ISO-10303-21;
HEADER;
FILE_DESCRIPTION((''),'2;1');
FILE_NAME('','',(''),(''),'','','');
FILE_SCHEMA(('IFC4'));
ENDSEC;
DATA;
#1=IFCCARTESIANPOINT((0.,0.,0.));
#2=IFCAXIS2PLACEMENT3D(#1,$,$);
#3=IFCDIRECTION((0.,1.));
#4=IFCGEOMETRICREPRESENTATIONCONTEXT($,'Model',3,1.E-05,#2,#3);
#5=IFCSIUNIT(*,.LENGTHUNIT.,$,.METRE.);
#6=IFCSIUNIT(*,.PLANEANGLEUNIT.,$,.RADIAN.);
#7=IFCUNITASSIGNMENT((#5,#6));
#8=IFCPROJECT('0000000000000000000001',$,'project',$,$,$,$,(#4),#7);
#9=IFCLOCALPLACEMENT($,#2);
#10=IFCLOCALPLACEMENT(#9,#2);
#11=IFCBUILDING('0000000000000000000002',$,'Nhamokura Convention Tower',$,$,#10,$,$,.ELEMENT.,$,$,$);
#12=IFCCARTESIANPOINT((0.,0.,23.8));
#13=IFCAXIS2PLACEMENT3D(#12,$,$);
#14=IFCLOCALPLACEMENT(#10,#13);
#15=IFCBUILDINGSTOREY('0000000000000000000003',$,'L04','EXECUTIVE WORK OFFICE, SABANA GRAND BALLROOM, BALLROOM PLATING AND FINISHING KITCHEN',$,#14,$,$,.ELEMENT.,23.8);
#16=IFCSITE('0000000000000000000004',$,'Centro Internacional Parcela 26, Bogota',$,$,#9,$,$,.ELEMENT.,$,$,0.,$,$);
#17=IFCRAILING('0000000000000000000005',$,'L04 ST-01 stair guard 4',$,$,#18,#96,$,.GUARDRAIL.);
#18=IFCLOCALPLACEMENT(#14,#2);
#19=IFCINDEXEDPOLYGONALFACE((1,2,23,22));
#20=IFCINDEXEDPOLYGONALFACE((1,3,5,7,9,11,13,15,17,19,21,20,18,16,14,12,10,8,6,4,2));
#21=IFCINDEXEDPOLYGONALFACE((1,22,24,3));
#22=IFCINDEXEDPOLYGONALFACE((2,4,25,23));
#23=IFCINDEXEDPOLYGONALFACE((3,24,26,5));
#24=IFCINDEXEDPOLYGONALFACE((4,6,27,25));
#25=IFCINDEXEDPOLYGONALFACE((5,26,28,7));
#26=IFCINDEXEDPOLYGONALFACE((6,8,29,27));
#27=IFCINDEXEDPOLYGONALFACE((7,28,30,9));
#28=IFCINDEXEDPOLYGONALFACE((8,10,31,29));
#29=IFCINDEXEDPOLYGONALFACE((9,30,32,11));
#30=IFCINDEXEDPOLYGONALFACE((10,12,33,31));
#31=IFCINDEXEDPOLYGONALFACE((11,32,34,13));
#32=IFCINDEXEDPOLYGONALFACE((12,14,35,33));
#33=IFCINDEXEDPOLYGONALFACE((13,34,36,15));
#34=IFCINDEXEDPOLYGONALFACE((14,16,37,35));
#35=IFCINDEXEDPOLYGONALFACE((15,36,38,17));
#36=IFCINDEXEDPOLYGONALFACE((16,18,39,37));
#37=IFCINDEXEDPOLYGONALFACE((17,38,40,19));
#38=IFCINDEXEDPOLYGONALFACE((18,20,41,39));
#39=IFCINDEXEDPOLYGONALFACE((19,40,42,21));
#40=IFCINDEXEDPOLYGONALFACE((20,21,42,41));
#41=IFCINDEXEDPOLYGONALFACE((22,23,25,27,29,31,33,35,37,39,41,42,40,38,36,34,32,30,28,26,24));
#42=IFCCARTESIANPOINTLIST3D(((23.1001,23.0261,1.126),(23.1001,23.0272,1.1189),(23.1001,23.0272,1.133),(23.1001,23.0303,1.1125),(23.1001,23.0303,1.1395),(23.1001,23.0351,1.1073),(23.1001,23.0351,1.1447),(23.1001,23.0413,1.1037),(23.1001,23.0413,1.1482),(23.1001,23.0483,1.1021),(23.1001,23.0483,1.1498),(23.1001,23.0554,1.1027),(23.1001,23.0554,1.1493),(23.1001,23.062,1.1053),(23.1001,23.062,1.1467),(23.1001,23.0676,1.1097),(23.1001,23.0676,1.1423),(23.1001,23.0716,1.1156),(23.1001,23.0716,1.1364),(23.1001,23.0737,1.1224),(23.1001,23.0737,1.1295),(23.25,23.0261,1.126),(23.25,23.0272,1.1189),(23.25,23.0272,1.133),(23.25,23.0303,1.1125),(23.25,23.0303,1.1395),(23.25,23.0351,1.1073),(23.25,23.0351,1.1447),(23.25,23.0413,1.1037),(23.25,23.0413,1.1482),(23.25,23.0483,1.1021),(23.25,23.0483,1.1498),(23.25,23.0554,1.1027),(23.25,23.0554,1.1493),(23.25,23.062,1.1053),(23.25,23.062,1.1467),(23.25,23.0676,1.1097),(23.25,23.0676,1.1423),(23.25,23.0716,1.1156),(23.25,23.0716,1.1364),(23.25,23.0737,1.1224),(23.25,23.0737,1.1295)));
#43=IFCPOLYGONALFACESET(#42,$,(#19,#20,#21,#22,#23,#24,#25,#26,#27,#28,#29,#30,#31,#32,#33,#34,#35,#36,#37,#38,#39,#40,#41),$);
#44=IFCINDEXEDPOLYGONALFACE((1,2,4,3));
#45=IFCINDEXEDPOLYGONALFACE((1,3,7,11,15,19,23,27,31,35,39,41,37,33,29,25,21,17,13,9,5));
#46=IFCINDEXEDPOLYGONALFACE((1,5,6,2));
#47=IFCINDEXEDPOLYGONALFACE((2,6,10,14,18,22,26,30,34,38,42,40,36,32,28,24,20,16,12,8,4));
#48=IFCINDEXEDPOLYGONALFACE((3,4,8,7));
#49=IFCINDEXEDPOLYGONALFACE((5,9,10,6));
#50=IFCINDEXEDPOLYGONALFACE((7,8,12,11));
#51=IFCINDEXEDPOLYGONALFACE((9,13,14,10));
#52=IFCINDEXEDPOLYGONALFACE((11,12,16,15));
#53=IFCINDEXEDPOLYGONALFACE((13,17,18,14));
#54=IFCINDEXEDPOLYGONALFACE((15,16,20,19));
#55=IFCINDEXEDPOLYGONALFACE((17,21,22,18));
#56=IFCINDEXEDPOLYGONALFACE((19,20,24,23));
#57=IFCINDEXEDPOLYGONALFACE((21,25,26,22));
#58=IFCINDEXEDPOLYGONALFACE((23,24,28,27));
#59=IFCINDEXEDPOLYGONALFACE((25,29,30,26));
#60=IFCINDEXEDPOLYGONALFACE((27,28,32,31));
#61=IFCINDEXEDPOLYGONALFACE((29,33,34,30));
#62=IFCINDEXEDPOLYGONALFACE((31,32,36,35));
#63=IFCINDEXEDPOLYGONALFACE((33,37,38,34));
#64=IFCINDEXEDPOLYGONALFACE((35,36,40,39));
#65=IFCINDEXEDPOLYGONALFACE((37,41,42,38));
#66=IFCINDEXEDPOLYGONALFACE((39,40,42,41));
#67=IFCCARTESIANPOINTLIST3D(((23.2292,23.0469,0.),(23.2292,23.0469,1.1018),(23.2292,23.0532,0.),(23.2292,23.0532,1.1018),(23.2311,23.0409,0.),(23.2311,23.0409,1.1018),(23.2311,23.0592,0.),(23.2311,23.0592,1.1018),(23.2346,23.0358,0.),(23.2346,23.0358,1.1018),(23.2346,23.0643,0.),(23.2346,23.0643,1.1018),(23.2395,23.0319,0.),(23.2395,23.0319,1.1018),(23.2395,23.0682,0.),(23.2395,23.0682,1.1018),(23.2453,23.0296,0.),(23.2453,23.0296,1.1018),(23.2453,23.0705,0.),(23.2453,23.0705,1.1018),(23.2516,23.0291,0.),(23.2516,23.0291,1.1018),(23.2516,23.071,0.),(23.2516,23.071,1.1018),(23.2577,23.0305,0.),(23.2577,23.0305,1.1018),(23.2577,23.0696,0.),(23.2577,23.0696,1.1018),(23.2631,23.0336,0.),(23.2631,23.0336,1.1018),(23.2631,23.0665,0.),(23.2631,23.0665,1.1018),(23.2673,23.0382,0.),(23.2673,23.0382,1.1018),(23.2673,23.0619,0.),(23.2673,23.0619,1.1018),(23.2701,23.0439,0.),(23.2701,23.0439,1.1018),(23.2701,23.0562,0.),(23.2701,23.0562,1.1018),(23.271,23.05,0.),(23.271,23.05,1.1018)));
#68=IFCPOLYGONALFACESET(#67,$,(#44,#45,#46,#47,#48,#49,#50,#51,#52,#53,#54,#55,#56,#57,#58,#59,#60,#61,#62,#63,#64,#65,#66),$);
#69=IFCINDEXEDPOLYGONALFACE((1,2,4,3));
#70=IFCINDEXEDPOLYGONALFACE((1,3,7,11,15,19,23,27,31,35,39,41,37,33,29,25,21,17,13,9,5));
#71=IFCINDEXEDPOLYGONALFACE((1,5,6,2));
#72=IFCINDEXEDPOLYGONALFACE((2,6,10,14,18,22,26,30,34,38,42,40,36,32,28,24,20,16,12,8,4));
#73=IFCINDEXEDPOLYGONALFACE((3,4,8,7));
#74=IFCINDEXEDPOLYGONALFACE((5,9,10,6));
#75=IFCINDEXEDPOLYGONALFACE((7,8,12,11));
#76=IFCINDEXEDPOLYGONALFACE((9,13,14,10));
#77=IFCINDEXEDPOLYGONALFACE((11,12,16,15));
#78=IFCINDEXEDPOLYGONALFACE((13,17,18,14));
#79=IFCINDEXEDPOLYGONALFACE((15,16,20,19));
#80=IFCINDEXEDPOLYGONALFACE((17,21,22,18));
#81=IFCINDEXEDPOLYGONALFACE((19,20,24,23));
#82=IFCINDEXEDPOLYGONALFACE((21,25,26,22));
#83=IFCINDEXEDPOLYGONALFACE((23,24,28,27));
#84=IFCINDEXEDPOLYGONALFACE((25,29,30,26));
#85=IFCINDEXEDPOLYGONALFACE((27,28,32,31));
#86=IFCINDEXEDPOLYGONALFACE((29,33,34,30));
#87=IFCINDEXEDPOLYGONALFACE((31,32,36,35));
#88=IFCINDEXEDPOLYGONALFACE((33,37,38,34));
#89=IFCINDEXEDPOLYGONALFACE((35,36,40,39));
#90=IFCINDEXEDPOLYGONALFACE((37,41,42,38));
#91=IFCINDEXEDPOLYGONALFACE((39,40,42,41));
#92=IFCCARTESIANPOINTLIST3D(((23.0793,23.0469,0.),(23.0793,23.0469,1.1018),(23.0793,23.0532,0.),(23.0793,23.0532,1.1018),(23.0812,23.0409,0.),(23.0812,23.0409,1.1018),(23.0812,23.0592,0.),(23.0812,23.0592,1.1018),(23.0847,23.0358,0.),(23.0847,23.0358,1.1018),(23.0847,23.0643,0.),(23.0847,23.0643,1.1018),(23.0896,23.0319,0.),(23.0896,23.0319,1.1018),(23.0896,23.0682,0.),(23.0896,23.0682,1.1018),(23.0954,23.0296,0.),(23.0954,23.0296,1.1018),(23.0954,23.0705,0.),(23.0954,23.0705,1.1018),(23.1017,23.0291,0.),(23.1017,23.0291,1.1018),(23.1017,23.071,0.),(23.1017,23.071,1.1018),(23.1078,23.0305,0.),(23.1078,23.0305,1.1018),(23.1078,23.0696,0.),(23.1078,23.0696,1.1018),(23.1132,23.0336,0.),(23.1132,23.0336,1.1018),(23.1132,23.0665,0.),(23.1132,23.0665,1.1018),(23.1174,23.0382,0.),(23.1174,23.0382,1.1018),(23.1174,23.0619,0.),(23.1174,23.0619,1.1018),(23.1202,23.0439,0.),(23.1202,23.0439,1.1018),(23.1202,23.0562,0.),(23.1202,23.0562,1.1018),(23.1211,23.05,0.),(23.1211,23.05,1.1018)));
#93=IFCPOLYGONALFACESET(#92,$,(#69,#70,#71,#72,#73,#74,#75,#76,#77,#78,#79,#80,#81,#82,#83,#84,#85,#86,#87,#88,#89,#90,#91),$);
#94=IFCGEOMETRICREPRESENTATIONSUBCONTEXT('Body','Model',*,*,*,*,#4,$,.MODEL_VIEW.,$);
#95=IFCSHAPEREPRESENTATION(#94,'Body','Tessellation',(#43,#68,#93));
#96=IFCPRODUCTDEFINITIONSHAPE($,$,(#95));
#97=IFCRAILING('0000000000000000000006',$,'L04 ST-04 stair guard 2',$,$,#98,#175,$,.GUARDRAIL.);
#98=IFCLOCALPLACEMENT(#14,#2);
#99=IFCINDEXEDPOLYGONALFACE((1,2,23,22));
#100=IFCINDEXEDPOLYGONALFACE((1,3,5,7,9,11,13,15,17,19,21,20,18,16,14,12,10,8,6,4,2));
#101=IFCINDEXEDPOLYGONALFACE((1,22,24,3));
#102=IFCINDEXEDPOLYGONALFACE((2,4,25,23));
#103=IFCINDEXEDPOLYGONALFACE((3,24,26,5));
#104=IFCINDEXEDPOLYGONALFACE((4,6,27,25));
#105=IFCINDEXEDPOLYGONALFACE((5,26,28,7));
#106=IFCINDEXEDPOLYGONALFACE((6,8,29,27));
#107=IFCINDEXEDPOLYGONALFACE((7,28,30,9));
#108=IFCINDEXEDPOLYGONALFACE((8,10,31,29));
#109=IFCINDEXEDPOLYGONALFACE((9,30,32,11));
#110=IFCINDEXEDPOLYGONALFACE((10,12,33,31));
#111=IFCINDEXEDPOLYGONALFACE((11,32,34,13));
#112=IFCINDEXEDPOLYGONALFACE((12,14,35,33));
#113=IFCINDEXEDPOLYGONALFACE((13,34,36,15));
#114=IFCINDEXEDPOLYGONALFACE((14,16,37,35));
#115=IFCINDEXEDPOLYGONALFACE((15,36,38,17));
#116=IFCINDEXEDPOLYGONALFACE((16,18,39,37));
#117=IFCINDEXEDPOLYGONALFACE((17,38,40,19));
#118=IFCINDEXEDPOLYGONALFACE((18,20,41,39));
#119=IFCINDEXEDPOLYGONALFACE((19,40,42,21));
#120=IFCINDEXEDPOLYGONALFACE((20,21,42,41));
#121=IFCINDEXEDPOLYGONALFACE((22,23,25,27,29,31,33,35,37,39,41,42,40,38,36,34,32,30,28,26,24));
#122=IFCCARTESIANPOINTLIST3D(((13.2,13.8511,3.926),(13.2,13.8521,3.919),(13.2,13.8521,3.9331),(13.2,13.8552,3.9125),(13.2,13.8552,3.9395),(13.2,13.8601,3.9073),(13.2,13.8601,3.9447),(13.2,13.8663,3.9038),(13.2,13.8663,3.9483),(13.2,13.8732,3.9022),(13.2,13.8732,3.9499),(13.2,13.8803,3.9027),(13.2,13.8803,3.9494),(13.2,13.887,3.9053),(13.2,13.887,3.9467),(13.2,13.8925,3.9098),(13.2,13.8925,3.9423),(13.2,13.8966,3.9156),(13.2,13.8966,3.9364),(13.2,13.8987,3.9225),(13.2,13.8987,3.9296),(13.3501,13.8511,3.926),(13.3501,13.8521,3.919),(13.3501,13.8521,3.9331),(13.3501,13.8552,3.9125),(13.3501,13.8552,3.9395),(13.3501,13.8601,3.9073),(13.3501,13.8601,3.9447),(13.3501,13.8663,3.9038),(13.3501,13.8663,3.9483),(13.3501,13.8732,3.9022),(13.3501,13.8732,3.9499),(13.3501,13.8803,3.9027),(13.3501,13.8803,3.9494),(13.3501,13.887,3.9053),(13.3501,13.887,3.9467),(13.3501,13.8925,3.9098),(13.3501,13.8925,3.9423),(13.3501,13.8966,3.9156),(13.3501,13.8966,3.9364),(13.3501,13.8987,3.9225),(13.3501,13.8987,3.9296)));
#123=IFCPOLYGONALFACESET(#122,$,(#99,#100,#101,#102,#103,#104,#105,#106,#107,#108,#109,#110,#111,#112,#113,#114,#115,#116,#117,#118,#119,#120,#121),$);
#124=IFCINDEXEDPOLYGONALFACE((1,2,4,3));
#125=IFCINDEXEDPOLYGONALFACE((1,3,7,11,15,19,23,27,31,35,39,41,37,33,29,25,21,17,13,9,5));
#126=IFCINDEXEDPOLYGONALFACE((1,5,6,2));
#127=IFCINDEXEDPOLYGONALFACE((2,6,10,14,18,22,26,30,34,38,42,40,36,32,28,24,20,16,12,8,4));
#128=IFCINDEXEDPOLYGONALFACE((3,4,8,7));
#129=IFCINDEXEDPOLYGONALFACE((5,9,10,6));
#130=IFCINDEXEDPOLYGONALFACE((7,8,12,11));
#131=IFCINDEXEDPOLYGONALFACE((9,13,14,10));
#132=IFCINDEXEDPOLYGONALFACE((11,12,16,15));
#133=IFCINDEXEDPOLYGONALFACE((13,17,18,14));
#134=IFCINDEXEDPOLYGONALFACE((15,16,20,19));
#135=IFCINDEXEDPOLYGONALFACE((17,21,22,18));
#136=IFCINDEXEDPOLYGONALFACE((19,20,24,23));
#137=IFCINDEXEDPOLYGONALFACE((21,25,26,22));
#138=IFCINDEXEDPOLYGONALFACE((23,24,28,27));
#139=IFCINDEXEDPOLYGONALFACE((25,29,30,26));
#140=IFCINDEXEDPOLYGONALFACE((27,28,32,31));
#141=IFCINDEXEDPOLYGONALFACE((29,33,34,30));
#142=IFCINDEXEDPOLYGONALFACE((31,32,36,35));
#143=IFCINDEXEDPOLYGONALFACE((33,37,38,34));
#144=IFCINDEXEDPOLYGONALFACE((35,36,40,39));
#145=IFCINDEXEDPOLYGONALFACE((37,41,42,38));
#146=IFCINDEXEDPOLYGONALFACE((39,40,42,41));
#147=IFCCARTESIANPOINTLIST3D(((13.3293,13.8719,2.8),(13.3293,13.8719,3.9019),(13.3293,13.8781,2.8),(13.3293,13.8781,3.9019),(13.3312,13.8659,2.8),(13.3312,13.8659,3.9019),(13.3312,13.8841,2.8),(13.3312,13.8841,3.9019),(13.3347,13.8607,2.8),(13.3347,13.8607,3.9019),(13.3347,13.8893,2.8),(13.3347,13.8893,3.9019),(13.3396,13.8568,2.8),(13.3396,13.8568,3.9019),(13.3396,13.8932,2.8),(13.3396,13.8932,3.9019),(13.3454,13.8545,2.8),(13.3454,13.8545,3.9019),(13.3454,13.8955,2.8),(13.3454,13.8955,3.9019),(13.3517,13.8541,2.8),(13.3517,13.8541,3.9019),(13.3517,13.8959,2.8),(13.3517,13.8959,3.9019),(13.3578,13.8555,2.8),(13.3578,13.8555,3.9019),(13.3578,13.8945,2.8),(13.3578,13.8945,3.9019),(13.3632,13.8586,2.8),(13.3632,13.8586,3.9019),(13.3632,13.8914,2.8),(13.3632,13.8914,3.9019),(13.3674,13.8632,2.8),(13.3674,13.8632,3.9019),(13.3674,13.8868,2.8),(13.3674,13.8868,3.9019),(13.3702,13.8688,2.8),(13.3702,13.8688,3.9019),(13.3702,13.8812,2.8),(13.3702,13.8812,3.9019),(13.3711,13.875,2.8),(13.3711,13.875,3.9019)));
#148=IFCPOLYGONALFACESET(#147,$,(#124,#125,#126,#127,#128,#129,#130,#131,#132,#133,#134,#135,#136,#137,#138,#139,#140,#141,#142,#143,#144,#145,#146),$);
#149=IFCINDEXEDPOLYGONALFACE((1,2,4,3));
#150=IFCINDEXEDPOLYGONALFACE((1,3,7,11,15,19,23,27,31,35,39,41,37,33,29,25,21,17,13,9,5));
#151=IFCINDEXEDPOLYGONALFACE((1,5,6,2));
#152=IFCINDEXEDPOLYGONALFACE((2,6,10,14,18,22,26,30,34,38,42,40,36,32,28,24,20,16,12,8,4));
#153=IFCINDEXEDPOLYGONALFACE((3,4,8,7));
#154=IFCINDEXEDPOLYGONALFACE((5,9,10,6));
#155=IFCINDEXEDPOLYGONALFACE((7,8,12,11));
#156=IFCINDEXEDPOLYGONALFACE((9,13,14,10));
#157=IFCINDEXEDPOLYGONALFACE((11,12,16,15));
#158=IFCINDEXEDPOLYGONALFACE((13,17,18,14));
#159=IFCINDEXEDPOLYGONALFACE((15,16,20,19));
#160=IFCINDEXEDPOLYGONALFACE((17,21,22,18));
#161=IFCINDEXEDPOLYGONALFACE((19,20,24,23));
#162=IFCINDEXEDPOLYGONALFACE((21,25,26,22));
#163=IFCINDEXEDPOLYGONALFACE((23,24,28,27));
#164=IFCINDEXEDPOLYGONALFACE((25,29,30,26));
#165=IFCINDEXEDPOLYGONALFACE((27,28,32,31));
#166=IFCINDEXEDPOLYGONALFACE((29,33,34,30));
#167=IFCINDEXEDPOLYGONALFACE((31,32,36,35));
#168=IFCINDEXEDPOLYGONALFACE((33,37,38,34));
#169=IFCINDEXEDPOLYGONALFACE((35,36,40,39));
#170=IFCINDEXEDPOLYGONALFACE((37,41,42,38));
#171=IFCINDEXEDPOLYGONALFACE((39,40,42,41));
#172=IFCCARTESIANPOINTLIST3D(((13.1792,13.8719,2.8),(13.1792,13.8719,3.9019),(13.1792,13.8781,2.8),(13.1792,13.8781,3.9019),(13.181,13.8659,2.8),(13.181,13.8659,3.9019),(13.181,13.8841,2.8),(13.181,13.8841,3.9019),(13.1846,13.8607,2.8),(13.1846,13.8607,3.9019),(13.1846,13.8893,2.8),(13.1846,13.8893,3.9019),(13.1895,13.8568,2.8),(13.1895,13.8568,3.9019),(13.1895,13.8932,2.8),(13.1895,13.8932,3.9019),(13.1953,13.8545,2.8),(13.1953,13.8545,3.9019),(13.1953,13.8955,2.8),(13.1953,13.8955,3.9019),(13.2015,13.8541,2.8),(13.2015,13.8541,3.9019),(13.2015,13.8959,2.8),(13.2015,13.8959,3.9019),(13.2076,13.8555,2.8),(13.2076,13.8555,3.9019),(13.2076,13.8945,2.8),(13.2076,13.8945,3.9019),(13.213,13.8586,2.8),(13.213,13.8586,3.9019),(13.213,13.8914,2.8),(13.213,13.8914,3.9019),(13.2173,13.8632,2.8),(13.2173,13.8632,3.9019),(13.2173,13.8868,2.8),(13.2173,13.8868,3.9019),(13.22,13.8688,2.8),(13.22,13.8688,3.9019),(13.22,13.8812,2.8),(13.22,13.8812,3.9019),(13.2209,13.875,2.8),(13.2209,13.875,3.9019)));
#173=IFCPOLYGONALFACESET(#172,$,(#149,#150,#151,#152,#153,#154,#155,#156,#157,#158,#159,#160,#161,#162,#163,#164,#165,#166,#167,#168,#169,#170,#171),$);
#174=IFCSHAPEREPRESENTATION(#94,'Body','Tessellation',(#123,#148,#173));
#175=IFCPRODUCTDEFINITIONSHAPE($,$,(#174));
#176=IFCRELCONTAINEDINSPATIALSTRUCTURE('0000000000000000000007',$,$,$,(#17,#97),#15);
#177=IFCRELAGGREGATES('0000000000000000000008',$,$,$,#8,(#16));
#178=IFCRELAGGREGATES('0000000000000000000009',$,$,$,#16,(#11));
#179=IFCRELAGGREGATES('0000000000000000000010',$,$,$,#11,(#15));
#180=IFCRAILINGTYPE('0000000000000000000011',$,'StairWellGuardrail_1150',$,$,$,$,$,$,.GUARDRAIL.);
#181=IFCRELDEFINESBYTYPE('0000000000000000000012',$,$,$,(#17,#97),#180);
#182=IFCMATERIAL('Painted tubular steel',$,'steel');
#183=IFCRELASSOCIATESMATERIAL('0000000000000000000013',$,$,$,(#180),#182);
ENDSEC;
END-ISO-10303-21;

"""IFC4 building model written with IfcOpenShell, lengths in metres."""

from ifc_helpers import new_model, si_unit, direction, frame, origin, origin_2d, place, context, subcontext, project, spatial, circle, extrude, material, type_object, element, save


model = new_model("IFC4")

# Units and contexts
model_context = context("Model", 3, precision=1e-05, world=origin(), true_north=direction((0.0, 1.0)))
body_context = subcontext(model_context, "Body", "Model", "MODEL_VIEW")
ifc_project = project(units=[si_unit("LENGTHUNIT", "METRE"), si_unit("PLANEANGLEUNIT", "RADIAN")], contexts=[model_context])

# Site, building, storey
site_placement = place(None, origin())
site = spatial("IfcSite", under=ifc_project, at=site_placement, Name="Centro Internacional Parcela 26, Bogota", CompositionType="ELEMENT", RefElevation=0.0)
building_placement = place(site_placement, origin())
building = spatial("IfcBuilding", under=site, at=building_placement, Name="Nhamokura Convention Tower", CompositionType="ELEMENT")
storey_placement = place(building_placement, frame((0.0, 0.0, 23.8)))
storey = spatial("IfcBuildingStorey", under=building, at=storey_placement, Name="L04", Description="EXECUTIVE WORK OFFICE, SABANA GRAND BALLROOM, BALLROOM PLATING AND FINISHING KITCHEN", CompositionType="ELEMENT", Elevation=23.8)

# Railings
ifc_material_1 = material(Name="Painted tubular steel", Category="steel")
railing_type_1 = type_object("IfcRailingType", Name="StairWellGuardrail_1150", PredefinedType="GUARDRAIL", material=ifc_material_1)
railing_1_placement = place(storey_placement, frame((23.25, 23.05, 0.0)))
element("IfcRailing", 1, at=railing_1_placement, inside=storey, type_object=railing_type_1, Name="L04 ST-01 stair guard 4", PredefinedType="GUARDRAIL", context=body_context, shape_type="SweptSolid", body=[
    extrude(circle(Radius=0.0239, at=origin_2d()), frame((0.0, 0.0, 1.126), z_axis=(-1.0, 0.0, 0.0), x_axis=(0.0, -1.0, 0.0)), (0.0, 0.0, 1.0), 0.1499),
    extrude(circle(Radius=0.021, at=origin_2d()), origin(), (0.0, 0.0, 1.0), 1.1018),
    extrude(circle(Radius=0.021, at=origin_2d()), frame((-0.1499, 0.0, 0.0)), (0.0, 0.0, 1.0), 1.1018),
])
railing_2_placement = place(storey_placement, frame((13.3501, 13.875, 2.8)))
element("IfcRailing", 2, at=railing_2_placement, inside=storey, type_object=railing_type_1, Name="L04 ST-04 stair guard 2", PredefinedType="GUARDRAIL", context=body_context, shape_type="SweptSolid", body=[
    extrude(circle(Radius=0.0239, at=origin_2d()), frame((0.0, 0.0, 1.126), z_axis=(-1.0, 0.0, 0.0), x_axis=(0.0, -1.0, 0.0)), (0.0, 0.0, 1.0), 0.1501),
    extrude(circle(Radius=0.021, at=origin_2d()), origin(), (0.0, 0.0, 1.0), 1.1018),
    extrude(circle(Radius=0.021, at=origin_2d()), frame((-0.1501, 0.0, 0.0)), (0.0, 0.0, 1.0), 1.1018),
])

save(model, "model.ifc")
